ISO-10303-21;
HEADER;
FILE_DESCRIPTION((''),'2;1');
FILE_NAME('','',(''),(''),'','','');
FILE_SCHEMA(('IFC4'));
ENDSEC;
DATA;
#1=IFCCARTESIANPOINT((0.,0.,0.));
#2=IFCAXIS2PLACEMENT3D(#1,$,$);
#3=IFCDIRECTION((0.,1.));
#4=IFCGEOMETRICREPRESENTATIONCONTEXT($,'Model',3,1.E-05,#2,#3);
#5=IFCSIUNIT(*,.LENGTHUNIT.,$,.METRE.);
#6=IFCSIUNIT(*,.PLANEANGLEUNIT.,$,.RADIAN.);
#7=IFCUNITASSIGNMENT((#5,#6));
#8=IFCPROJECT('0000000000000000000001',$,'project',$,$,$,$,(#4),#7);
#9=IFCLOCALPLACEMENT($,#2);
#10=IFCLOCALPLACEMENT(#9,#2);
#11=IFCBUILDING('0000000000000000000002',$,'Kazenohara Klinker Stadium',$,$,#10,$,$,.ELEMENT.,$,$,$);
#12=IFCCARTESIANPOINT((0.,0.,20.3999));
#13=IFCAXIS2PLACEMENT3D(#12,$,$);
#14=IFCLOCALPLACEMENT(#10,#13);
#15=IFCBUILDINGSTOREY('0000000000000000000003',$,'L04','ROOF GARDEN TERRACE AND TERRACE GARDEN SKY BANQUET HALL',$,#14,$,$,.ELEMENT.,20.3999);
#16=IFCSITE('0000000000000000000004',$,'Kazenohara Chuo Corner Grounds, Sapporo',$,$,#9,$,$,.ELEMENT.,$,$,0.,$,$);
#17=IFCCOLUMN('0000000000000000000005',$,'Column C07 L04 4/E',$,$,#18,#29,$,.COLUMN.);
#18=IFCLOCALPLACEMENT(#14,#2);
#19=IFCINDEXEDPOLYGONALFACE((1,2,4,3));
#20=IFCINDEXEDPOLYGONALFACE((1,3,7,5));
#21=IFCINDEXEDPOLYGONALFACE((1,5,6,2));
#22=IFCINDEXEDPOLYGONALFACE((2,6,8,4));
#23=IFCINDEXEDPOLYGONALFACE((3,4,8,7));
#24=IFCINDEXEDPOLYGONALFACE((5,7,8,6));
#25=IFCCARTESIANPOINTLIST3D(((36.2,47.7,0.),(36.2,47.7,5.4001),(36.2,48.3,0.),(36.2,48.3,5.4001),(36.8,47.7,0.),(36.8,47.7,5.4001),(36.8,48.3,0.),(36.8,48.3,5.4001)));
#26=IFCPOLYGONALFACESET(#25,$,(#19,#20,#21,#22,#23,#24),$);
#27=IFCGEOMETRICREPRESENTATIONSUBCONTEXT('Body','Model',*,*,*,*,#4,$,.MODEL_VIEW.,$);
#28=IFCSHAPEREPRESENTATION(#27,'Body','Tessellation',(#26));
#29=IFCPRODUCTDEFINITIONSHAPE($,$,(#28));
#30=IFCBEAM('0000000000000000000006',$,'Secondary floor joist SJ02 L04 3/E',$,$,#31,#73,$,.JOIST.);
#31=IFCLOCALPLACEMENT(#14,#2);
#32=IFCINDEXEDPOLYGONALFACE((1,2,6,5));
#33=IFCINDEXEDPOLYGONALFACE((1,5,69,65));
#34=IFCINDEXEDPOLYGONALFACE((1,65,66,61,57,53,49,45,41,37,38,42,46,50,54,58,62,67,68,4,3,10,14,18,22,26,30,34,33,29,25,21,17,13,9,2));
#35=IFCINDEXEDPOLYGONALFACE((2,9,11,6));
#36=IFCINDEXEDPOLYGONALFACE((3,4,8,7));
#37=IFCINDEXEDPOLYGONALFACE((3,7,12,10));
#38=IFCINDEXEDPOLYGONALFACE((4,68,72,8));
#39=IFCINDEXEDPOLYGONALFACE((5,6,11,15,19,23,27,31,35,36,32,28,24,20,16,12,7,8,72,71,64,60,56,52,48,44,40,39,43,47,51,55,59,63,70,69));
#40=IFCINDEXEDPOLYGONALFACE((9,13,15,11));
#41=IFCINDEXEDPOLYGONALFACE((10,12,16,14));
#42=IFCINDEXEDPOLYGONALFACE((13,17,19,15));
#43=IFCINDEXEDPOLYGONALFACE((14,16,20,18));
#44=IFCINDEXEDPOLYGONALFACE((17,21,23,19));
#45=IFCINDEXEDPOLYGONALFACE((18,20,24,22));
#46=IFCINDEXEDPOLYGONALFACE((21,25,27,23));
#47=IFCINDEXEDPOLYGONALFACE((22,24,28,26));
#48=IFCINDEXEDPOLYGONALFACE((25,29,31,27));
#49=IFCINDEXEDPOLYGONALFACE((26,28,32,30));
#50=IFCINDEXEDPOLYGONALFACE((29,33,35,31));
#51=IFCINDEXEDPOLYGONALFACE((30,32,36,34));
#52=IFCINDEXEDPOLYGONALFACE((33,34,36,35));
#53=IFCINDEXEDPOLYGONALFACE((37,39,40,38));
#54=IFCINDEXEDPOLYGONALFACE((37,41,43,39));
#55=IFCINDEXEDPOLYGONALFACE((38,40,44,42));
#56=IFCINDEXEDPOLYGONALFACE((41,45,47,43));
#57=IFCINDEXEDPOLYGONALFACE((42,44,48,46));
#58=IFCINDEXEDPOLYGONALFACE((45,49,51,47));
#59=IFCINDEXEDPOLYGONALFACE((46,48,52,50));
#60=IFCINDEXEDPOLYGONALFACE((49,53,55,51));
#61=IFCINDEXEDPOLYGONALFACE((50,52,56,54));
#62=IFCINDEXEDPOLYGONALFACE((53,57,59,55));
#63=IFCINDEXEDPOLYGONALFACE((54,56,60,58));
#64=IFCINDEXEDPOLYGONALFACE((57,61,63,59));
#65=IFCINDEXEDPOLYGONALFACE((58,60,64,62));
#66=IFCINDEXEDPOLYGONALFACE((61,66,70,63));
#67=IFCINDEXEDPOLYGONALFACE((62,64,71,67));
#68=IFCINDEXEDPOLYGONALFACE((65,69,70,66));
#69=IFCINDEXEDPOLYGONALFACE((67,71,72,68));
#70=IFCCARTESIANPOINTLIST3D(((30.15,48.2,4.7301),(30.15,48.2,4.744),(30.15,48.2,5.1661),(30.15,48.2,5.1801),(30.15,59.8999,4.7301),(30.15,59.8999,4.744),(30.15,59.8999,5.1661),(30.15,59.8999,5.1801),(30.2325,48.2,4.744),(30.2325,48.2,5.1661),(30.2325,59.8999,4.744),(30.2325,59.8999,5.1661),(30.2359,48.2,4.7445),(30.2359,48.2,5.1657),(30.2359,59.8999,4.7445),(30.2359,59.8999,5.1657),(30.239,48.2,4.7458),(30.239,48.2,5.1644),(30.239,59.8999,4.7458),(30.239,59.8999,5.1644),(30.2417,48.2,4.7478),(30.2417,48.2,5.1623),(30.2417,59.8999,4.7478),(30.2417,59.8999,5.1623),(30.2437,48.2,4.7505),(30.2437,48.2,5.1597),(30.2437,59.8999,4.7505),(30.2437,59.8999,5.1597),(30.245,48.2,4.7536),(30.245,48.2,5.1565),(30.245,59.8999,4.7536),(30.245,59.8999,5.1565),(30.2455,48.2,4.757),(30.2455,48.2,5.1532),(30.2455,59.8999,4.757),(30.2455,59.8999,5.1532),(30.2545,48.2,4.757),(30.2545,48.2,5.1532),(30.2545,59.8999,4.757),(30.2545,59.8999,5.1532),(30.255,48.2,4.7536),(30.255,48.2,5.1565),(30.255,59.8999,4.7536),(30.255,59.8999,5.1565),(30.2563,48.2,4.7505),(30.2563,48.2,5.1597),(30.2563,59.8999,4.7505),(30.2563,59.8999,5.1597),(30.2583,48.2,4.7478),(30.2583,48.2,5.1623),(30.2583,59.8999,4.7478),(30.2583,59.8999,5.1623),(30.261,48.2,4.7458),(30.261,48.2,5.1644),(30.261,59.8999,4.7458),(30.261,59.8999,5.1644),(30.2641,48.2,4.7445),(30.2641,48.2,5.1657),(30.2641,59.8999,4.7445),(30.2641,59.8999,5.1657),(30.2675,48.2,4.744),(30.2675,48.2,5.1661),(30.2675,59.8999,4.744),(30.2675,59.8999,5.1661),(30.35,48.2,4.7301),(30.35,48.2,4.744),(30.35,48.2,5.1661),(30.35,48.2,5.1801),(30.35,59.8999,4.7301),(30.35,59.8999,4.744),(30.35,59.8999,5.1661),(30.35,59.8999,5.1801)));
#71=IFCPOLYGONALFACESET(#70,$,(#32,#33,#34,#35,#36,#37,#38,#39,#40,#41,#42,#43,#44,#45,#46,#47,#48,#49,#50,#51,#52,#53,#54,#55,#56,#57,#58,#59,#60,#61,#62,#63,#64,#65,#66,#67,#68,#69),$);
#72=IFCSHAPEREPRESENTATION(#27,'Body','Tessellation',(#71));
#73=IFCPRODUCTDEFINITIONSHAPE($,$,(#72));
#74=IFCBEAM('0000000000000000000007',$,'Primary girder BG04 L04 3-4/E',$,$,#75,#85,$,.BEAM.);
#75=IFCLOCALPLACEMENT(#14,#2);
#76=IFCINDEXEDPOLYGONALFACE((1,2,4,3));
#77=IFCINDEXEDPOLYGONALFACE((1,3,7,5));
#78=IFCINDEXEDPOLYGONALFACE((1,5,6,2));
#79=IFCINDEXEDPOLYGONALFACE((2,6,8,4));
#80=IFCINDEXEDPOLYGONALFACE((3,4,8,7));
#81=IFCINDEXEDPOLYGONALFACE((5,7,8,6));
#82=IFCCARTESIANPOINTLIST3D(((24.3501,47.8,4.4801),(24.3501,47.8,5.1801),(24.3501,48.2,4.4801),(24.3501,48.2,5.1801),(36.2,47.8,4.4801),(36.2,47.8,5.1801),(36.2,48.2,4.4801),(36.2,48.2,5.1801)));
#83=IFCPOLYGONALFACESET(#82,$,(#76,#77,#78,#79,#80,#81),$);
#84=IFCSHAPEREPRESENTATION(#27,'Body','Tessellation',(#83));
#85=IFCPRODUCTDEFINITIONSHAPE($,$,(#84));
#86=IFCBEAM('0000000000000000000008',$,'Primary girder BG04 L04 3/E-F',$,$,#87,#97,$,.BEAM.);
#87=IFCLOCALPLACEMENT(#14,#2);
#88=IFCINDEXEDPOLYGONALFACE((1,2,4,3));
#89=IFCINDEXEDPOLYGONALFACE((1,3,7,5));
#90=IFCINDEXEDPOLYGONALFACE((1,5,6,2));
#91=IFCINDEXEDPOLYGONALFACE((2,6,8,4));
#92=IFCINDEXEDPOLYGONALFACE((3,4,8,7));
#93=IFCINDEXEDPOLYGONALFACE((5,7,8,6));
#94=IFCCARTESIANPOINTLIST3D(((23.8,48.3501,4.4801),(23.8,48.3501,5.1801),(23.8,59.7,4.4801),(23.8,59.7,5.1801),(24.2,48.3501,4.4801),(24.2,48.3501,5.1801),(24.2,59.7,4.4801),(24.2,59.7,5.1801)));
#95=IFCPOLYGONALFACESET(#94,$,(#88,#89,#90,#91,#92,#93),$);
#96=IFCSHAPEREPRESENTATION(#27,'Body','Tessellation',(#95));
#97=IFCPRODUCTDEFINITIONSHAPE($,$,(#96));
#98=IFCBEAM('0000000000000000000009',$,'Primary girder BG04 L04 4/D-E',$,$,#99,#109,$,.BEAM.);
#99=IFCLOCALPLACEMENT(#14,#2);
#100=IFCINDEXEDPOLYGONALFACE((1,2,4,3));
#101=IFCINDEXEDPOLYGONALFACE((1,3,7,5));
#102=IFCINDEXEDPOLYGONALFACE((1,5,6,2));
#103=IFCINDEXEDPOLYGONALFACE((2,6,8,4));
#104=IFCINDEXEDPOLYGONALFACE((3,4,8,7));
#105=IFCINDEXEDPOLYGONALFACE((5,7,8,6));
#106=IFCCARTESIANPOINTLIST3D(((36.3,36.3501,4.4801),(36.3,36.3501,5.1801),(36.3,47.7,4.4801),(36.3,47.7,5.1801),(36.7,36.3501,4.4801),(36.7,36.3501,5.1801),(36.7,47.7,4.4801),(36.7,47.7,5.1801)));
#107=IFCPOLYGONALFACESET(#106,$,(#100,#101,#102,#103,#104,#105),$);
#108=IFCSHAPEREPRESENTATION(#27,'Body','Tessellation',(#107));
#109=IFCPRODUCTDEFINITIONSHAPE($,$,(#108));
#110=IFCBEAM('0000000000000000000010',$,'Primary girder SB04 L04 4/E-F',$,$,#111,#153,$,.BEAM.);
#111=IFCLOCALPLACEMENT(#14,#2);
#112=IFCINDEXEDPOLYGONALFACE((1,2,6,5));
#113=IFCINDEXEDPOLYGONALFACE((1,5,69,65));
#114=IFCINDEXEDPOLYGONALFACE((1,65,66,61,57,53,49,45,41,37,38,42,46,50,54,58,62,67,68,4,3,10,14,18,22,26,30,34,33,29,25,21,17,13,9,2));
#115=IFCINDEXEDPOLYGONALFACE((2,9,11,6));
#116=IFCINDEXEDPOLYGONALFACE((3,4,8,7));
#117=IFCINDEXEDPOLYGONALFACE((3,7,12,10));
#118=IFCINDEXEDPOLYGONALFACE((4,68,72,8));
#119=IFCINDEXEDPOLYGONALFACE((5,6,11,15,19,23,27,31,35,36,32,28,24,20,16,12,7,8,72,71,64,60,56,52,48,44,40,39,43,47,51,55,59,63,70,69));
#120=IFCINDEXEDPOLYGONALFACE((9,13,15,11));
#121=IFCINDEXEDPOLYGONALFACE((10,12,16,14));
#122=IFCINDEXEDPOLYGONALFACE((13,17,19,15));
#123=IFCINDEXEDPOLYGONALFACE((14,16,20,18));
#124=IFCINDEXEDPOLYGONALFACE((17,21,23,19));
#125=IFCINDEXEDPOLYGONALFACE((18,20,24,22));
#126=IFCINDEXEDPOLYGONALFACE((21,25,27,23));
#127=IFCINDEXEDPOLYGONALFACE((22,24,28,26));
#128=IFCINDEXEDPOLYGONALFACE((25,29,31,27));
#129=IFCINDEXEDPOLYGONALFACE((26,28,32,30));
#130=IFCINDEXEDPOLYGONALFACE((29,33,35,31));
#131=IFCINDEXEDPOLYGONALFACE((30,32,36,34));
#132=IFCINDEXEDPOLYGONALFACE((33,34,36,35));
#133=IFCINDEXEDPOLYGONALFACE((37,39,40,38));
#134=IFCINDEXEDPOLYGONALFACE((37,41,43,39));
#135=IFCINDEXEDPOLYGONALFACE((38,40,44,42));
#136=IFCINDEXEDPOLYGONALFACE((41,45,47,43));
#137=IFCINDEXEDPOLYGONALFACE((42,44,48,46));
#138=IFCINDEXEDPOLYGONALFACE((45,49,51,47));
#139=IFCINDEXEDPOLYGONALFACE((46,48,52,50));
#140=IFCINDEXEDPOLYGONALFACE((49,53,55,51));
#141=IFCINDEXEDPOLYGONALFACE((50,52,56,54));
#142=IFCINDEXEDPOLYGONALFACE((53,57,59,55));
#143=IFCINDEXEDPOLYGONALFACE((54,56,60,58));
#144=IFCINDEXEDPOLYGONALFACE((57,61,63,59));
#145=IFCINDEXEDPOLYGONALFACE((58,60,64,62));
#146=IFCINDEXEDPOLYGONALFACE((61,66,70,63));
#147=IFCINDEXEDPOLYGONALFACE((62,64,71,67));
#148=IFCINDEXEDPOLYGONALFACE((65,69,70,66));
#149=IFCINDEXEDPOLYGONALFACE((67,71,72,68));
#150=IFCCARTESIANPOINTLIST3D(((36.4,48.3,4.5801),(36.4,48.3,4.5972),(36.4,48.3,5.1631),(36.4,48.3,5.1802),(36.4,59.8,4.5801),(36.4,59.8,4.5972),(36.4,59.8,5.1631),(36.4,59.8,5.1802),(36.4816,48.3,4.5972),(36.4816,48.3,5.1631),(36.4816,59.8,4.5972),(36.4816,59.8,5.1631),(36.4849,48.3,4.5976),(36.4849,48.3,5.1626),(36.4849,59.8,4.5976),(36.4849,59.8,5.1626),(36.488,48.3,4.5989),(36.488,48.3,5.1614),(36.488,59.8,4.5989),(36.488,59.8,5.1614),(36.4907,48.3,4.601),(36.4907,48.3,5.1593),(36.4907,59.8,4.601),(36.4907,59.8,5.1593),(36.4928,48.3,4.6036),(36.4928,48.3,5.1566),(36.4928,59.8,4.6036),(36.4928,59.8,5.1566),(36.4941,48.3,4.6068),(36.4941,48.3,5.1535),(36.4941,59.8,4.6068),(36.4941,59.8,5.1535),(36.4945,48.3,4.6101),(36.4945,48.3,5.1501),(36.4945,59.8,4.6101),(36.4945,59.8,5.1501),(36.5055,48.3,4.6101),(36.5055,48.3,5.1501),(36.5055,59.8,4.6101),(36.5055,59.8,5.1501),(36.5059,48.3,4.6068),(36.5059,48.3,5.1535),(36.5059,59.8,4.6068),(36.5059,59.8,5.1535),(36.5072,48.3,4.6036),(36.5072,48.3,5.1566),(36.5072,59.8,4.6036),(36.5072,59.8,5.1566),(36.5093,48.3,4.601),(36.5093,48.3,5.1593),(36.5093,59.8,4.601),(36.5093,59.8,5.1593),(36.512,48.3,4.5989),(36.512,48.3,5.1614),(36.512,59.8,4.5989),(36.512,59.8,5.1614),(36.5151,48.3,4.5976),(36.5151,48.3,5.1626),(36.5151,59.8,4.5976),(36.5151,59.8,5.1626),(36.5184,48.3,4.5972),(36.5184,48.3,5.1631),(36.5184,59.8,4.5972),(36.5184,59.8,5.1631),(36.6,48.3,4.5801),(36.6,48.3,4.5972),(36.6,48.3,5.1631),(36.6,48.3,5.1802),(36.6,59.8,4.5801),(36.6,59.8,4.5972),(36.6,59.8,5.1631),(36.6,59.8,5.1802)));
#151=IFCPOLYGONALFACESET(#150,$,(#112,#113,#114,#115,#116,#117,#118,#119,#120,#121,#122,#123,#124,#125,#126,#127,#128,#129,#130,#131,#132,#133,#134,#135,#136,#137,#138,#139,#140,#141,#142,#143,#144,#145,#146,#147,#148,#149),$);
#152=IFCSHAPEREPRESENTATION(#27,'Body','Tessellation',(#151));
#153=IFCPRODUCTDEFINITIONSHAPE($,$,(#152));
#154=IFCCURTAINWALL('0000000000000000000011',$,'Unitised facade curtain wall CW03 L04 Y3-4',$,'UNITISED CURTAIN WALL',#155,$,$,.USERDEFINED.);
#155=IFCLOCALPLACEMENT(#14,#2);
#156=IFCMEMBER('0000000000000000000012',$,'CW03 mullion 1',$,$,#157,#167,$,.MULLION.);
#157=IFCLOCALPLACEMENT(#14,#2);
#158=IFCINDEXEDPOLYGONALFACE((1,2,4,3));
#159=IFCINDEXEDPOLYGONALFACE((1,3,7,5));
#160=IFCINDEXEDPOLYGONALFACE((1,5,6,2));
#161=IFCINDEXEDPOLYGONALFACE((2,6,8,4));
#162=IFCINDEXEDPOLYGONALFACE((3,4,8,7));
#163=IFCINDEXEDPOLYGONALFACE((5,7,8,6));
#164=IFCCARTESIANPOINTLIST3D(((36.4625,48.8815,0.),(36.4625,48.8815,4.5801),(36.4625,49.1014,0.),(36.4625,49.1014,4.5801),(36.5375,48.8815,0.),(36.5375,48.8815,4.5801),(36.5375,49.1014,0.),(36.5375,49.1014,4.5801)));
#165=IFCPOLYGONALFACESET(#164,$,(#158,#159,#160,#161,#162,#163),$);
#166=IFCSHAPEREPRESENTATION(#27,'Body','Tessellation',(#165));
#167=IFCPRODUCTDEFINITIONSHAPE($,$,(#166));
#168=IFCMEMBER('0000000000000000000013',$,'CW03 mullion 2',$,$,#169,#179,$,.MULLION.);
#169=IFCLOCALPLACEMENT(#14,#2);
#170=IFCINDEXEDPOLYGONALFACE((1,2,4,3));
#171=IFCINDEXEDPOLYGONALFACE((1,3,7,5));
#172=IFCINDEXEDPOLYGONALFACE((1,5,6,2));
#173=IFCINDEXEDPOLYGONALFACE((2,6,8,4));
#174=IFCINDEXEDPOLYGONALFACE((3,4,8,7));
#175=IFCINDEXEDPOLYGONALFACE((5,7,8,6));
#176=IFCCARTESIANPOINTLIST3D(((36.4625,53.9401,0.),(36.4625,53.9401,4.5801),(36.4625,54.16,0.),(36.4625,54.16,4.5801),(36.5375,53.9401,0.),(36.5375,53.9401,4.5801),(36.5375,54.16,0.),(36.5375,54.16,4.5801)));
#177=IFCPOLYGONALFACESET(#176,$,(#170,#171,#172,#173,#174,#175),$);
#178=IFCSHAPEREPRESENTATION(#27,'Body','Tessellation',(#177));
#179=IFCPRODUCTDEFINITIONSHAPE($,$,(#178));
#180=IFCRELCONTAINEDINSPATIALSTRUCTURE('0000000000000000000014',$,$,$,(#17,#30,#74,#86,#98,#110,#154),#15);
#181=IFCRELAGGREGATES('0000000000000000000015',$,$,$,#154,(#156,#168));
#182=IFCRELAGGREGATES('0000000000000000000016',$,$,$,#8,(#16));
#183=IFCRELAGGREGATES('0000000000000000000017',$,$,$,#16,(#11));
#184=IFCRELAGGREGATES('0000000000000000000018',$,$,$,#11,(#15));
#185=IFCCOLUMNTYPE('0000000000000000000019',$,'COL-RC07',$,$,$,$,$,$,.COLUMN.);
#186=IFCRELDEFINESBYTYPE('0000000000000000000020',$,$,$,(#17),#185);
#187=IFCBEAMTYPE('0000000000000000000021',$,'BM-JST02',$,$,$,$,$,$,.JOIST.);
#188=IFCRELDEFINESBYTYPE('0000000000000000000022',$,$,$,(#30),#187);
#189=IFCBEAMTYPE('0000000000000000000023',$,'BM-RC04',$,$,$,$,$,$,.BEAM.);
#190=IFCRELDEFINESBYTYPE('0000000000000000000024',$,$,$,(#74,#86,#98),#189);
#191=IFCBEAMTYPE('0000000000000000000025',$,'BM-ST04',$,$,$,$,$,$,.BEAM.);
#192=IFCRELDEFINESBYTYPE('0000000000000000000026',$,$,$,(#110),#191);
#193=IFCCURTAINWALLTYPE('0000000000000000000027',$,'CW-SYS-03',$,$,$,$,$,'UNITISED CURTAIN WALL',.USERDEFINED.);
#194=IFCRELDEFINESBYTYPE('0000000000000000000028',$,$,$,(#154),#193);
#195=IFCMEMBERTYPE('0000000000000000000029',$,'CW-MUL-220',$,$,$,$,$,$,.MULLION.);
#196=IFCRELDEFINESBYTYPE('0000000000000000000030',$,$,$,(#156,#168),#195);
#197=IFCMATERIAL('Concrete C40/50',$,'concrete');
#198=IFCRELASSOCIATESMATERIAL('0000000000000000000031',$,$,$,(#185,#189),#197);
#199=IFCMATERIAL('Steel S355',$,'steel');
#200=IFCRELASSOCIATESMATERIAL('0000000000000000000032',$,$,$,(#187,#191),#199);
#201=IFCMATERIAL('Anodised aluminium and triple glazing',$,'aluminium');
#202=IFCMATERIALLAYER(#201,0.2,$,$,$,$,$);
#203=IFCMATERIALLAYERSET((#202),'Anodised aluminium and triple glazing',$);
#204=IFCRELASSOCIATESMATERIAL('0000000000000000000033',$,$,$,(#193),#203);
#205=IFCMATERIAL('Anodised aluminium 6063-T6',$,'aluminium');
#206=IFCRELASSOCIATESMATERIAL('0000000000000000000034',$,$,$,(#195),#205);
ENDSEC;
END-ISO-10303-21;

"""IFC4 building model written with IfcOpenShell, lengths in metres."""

from ifc_helpers import new_model, si_unit, direction, frame, origin, origin_2d, place, context, subcontext, project, spatial, rectangle, i_section, extrude, material, layer, layer_set, material_profile, profile_set, type_object, element, aggregate, save


model = new_model("IFC4")

# Units and contexts
model_context = context("Model", 3, precision=1e-05, world=origin(), true_north=direction((0.0, 1.0)))
body_context = subcontext(model_context, "Body", "Model", "MODEL_VIEW")
ifc_project = project(units=[si_unit("LENGTHUNIT", "METRE"), si_unit("PLANEANGLEUNIT", "RADIAN")], contexts=[model_context])

# Site, building, storey
site_placement = place(None, origin())
site = spatial("IfcSite", under=ifc_project, at=site_placement, Name="Kazenohara Chuo Corner Grounds, Sapporo", CompositionType="ELEMENT", RefElevation=0.0)
building_placement = place(site_placement, origin())
building = spatial("IfcBuilding", under=site, at=building_placement, Name="Kazenohara Klinker Stadium", CompositionType="ELEMENT")
storey_placement = place(building_placement, frame((0.0, 0.0, 20.3999)))
storey = spatial("IfcBuildingStorey", under=building, at=storey_placement, Name="L04", Description="ROOF GARDEN TERRACE AND TERRACE GARDEN SKY BANQUET HALL", CompositionType="ELEMENT", Elevation=20.3999)

# Column
ifc_material_1 = material(Name="Concrete C40/50", Category="concrete")
ifc_material_profile_1 = material_profile(ifc_material_1, rectangle(XDim=0.6001, YDim=0.6001, at=origin_2d()), Name="RC-COL-600x600")
ifc_profile_set_1 = profile_set([ifc_material_profile_1], Name="Concrete C40/50")
column_type = type_object("IfcColumnType", Name="COL-RC07", PredefinedType="COLUMN", material=ifc_profile_set_1)
column_placement = place(storey_placement, frame((36.5, 48.0, 0.0), z_axis=(0.0, 0.0, 1.0), x_axis=(1.0, 0.0, 0.0)))
element("IfcColumn", 1, at=column_placement, inside=storey, type_object=column_type, Name="Column C07 L04 4/E", PredefinedType="COLUMN", context=body_context, shape_type="SweptSolid", body=[
    extrude(rectangle(XDim=0.6001, YDim=0.6001, at=origin_2d()), origin(), (0.0, 0.0, 1.0), 5.4001),
])

# Beams
ifc_material_2 = material(Name="Steel S355", Category="steel")
ifc_material_profile_2 = material_profile(ifc_material_2, i_section(OverallWidth=0.2, OverallDepth=0.45, WebThickness=0.009, FlangeThickness=0.0139, FilletRadius=0.0129, at=origin_2d()), Name="H-450x200x9x14")
ifc_profile_set_2 = profile_set([ifc_material_profile_2], Name="Steel S355")
beam_type_1 = type_object("IfcBeamType", Name="BM-JST02", PredefinedType="JOIST", material=ifc_profile_set_2)
beam_1_placement = place(storey_placement, frame((30.25, 48.2, 4.9551), z_axis=(0.0, 1.0, 0.0), x_axis=(-1.0, 0.0, 0.0)))
element("IfcBeam", 2, at=beam_1_placement, inside=storey, type_object=beam_type_1, Name="Secondary floor joist SJ02 L04 3/E", PredefinedType="JOIST", context=body_context, shape_type="SweptSolid", body=[
    extrude(i_section(OverallWidth=0.2, OverallDepth=0.45, WebThickness=0.009, FlangeThickness=0.0139, FilletRadius=0.0129, at=origin_2d()), origin(), (0.0, 0.0, 1.0), 11.7),
])
ifc_material_profile_3 = material_profile(ifc_material_1, rectangle(XDim=0.3999, YDim=0.7, at=origin_2d()), Name="RC-BM-400x700")
ifc_profile_set_3 = profile_set([ifc_material_profile_3], Name="Concrete C40/50")
beam_type_2 = type_object("IfcBeamType", Name="BM-RC04", PredefinedType="BEAM", material=ifc_profile_set_3)
beam_2_placement = place(storey_placement, frame((24.3501, 48.0, 4.8301), z_axis=(1.0, 0.0, 0.0), x_axis=(0.0, 1.0, 0.0)))
element("IfcBeam", 3, at=beam_2_placement, inside=storey, type_object=beam_type_2, Name="Primary girder BG04 L04 3-4/E", PredefinedType="BEAM", context=body_context, shape_type="SweptSolid", body=[
    extrude(rectangle(XDim=0.3999, YDim=0.7, at=origin_2d()), origin(), (0.0, 0.0, 1.0), 11.8499),
])
for number, where, z_axis, x_axis, name in (
    (4, (24.0, 48.3501, 4.8301), (0.0, 1.0, 0.0), (-1.0, 0.0, 0.0), "Primary girder BG04 L04 3/E-F"),
    (5, (36.5, 36.3501, 4.8301), (0.0, 1.0, 0.0), (-1.0, 0.0, 0.0), "Primary girder BG04 L04 4/D-E"),
):
    element("IfcBeam", number, at=place(storey_placement, frame(where, z_axis=z_axis, x_axis=x_axis)), inside=storey, type_object=beam_type_2, Name=name, PredefinedType="BEAM", context=body_context, shape_type="SweptSolid", body=[
        extrude(rectangle(XDim=0.3999, YDim=0.7, at=origin_2d()), origin(), (0.0, 0.0, 1.0), 11.3499),
    ])
ifc_material_profile_4 = material_profile(ifc_material_2, i_section(OverallWidth=0.2, OverallDepth=0.6001, WebThickness=0.011, FlangeThickness=0.0171, FilletRadius=0.0129, at=origin_2d()), Name="H-600x200x11x17")
ifc_profile_set_4 = profile_set([ifc_material_profile_4], Name="Steel S355")
beam_type_3 = type_object("IfcBeamType", Name="BM-ST04", PredefinedType="BEAM", material=ifc_profile_set_4)
beam_3_placement = place(storey_placement, frame((36.5, 48.3, 4.8801), z_axis=(0.0, 1.0, 0.0), x_axis=(-1.0, 0.0, 0.0)))
element("IfcBeam", 6, at=beam_3_placement, inside=storey, type_object=beam_type_3, Name="Primary girder SB04 L04 4/E-F", PredefinedType="BEAM", context=body_context, shape_type="SweptSolid", body=[
    extrude(i_section(OverallWidth=0.2, OverallDepth=0.6001, WebThickness=0.011, FlangeThickness=0.0171, FilletRadius=0.0129, at=origin_2d()), origin(), (0.0, 0.0, 1.0), 11.5),
])

# Curtain wall, members
ifc_material_3 = material(Name="Anodised aluminium and triple glazing", Category="aluminium")
ifc_layer_1 = layer(ifc_material_3, 0.2)
ifc_layer_set_1 = layer_set([ifc_layer_1], Name="Anodised aluminium and triple glazing")
curtain_wall_type = type_object("IfcCurtainWallType", Name="CW-SYS-03", ElementType="UNITISED CURTAIN WALL", PredefinedType="USERDEFINED", material=ifc_layer_set_1)
curtain_wall_placement = place(storey_placement, origin())
curtain_wall = element("IfcCurtainWall", 7, at=curtain_wall_placement, inside=storey, type_object=curtain_wall_type, Name="Unitised facade curtain wall CW03 L04 Y3-4", ObjectType="UNITISED CURTAIN WALL", PredefinedType="USERDEFINED")
ifc_material_4 = material(Name="Anodised aluminium 6063-T6", Category="aluminium")
ifc_material_profile_5 = material_profile(ifc_material_4, rectangle(XDim=0.075, YDim=0.22, at=origin_2d()), Name="ALU-MUL-75x220")
ifc_profile_set_5 = profile_set([ifc_material_profile_5], Name="Anodised aluminium 6063-T6")
member_type_1 = type_object("IfcMemberType", Name="CW-MUL-220", PredefinedType="MULLION", material=ifc_profile_set_5)
member_1_placement = place(storey_placement, frame((36.5, 48.9915, 0.0), z_axis=(0.0, 0.0, 1.0), x_axis=(-1.0, 0.0, 0.0)))
member_1 = element("IfcMember", 8, at=member_1_placement, type_object=member_type_1, Name="CW03 mullion 1", PredefinedType="MULLION", context=body_context, shape_type="SweptSolid", body=[
    extrude(rectangle(XDim=0.075, YDim=0.22, at=origin_2d()), origin(), (0.0, 0.0, 1.0), 4.5801),
])
member_2_placement = place(storey_placement, frame((36.5, 54.05, 0.0), z_axis=(0.0, 0.0, 1.0), x_axis=(-1.0, 0.0, 0.0)))
member_2 = element("IfcMember", 9, at=member_2_placement, type_object=member_type_1, Name="CW03 mullion 2", PredefinedType="MULLION", context=body_context, shape_type="SweptSolid", body=[
    extrude(rectangle(XDim=0.075, YDim=0.22, at=origin_2d()), origin(), (0.0, 0.0, 1.0), 4.5801),
])
aggregate(curtain_wall, [member_1, member_2])

save(model, "model.ifc")
